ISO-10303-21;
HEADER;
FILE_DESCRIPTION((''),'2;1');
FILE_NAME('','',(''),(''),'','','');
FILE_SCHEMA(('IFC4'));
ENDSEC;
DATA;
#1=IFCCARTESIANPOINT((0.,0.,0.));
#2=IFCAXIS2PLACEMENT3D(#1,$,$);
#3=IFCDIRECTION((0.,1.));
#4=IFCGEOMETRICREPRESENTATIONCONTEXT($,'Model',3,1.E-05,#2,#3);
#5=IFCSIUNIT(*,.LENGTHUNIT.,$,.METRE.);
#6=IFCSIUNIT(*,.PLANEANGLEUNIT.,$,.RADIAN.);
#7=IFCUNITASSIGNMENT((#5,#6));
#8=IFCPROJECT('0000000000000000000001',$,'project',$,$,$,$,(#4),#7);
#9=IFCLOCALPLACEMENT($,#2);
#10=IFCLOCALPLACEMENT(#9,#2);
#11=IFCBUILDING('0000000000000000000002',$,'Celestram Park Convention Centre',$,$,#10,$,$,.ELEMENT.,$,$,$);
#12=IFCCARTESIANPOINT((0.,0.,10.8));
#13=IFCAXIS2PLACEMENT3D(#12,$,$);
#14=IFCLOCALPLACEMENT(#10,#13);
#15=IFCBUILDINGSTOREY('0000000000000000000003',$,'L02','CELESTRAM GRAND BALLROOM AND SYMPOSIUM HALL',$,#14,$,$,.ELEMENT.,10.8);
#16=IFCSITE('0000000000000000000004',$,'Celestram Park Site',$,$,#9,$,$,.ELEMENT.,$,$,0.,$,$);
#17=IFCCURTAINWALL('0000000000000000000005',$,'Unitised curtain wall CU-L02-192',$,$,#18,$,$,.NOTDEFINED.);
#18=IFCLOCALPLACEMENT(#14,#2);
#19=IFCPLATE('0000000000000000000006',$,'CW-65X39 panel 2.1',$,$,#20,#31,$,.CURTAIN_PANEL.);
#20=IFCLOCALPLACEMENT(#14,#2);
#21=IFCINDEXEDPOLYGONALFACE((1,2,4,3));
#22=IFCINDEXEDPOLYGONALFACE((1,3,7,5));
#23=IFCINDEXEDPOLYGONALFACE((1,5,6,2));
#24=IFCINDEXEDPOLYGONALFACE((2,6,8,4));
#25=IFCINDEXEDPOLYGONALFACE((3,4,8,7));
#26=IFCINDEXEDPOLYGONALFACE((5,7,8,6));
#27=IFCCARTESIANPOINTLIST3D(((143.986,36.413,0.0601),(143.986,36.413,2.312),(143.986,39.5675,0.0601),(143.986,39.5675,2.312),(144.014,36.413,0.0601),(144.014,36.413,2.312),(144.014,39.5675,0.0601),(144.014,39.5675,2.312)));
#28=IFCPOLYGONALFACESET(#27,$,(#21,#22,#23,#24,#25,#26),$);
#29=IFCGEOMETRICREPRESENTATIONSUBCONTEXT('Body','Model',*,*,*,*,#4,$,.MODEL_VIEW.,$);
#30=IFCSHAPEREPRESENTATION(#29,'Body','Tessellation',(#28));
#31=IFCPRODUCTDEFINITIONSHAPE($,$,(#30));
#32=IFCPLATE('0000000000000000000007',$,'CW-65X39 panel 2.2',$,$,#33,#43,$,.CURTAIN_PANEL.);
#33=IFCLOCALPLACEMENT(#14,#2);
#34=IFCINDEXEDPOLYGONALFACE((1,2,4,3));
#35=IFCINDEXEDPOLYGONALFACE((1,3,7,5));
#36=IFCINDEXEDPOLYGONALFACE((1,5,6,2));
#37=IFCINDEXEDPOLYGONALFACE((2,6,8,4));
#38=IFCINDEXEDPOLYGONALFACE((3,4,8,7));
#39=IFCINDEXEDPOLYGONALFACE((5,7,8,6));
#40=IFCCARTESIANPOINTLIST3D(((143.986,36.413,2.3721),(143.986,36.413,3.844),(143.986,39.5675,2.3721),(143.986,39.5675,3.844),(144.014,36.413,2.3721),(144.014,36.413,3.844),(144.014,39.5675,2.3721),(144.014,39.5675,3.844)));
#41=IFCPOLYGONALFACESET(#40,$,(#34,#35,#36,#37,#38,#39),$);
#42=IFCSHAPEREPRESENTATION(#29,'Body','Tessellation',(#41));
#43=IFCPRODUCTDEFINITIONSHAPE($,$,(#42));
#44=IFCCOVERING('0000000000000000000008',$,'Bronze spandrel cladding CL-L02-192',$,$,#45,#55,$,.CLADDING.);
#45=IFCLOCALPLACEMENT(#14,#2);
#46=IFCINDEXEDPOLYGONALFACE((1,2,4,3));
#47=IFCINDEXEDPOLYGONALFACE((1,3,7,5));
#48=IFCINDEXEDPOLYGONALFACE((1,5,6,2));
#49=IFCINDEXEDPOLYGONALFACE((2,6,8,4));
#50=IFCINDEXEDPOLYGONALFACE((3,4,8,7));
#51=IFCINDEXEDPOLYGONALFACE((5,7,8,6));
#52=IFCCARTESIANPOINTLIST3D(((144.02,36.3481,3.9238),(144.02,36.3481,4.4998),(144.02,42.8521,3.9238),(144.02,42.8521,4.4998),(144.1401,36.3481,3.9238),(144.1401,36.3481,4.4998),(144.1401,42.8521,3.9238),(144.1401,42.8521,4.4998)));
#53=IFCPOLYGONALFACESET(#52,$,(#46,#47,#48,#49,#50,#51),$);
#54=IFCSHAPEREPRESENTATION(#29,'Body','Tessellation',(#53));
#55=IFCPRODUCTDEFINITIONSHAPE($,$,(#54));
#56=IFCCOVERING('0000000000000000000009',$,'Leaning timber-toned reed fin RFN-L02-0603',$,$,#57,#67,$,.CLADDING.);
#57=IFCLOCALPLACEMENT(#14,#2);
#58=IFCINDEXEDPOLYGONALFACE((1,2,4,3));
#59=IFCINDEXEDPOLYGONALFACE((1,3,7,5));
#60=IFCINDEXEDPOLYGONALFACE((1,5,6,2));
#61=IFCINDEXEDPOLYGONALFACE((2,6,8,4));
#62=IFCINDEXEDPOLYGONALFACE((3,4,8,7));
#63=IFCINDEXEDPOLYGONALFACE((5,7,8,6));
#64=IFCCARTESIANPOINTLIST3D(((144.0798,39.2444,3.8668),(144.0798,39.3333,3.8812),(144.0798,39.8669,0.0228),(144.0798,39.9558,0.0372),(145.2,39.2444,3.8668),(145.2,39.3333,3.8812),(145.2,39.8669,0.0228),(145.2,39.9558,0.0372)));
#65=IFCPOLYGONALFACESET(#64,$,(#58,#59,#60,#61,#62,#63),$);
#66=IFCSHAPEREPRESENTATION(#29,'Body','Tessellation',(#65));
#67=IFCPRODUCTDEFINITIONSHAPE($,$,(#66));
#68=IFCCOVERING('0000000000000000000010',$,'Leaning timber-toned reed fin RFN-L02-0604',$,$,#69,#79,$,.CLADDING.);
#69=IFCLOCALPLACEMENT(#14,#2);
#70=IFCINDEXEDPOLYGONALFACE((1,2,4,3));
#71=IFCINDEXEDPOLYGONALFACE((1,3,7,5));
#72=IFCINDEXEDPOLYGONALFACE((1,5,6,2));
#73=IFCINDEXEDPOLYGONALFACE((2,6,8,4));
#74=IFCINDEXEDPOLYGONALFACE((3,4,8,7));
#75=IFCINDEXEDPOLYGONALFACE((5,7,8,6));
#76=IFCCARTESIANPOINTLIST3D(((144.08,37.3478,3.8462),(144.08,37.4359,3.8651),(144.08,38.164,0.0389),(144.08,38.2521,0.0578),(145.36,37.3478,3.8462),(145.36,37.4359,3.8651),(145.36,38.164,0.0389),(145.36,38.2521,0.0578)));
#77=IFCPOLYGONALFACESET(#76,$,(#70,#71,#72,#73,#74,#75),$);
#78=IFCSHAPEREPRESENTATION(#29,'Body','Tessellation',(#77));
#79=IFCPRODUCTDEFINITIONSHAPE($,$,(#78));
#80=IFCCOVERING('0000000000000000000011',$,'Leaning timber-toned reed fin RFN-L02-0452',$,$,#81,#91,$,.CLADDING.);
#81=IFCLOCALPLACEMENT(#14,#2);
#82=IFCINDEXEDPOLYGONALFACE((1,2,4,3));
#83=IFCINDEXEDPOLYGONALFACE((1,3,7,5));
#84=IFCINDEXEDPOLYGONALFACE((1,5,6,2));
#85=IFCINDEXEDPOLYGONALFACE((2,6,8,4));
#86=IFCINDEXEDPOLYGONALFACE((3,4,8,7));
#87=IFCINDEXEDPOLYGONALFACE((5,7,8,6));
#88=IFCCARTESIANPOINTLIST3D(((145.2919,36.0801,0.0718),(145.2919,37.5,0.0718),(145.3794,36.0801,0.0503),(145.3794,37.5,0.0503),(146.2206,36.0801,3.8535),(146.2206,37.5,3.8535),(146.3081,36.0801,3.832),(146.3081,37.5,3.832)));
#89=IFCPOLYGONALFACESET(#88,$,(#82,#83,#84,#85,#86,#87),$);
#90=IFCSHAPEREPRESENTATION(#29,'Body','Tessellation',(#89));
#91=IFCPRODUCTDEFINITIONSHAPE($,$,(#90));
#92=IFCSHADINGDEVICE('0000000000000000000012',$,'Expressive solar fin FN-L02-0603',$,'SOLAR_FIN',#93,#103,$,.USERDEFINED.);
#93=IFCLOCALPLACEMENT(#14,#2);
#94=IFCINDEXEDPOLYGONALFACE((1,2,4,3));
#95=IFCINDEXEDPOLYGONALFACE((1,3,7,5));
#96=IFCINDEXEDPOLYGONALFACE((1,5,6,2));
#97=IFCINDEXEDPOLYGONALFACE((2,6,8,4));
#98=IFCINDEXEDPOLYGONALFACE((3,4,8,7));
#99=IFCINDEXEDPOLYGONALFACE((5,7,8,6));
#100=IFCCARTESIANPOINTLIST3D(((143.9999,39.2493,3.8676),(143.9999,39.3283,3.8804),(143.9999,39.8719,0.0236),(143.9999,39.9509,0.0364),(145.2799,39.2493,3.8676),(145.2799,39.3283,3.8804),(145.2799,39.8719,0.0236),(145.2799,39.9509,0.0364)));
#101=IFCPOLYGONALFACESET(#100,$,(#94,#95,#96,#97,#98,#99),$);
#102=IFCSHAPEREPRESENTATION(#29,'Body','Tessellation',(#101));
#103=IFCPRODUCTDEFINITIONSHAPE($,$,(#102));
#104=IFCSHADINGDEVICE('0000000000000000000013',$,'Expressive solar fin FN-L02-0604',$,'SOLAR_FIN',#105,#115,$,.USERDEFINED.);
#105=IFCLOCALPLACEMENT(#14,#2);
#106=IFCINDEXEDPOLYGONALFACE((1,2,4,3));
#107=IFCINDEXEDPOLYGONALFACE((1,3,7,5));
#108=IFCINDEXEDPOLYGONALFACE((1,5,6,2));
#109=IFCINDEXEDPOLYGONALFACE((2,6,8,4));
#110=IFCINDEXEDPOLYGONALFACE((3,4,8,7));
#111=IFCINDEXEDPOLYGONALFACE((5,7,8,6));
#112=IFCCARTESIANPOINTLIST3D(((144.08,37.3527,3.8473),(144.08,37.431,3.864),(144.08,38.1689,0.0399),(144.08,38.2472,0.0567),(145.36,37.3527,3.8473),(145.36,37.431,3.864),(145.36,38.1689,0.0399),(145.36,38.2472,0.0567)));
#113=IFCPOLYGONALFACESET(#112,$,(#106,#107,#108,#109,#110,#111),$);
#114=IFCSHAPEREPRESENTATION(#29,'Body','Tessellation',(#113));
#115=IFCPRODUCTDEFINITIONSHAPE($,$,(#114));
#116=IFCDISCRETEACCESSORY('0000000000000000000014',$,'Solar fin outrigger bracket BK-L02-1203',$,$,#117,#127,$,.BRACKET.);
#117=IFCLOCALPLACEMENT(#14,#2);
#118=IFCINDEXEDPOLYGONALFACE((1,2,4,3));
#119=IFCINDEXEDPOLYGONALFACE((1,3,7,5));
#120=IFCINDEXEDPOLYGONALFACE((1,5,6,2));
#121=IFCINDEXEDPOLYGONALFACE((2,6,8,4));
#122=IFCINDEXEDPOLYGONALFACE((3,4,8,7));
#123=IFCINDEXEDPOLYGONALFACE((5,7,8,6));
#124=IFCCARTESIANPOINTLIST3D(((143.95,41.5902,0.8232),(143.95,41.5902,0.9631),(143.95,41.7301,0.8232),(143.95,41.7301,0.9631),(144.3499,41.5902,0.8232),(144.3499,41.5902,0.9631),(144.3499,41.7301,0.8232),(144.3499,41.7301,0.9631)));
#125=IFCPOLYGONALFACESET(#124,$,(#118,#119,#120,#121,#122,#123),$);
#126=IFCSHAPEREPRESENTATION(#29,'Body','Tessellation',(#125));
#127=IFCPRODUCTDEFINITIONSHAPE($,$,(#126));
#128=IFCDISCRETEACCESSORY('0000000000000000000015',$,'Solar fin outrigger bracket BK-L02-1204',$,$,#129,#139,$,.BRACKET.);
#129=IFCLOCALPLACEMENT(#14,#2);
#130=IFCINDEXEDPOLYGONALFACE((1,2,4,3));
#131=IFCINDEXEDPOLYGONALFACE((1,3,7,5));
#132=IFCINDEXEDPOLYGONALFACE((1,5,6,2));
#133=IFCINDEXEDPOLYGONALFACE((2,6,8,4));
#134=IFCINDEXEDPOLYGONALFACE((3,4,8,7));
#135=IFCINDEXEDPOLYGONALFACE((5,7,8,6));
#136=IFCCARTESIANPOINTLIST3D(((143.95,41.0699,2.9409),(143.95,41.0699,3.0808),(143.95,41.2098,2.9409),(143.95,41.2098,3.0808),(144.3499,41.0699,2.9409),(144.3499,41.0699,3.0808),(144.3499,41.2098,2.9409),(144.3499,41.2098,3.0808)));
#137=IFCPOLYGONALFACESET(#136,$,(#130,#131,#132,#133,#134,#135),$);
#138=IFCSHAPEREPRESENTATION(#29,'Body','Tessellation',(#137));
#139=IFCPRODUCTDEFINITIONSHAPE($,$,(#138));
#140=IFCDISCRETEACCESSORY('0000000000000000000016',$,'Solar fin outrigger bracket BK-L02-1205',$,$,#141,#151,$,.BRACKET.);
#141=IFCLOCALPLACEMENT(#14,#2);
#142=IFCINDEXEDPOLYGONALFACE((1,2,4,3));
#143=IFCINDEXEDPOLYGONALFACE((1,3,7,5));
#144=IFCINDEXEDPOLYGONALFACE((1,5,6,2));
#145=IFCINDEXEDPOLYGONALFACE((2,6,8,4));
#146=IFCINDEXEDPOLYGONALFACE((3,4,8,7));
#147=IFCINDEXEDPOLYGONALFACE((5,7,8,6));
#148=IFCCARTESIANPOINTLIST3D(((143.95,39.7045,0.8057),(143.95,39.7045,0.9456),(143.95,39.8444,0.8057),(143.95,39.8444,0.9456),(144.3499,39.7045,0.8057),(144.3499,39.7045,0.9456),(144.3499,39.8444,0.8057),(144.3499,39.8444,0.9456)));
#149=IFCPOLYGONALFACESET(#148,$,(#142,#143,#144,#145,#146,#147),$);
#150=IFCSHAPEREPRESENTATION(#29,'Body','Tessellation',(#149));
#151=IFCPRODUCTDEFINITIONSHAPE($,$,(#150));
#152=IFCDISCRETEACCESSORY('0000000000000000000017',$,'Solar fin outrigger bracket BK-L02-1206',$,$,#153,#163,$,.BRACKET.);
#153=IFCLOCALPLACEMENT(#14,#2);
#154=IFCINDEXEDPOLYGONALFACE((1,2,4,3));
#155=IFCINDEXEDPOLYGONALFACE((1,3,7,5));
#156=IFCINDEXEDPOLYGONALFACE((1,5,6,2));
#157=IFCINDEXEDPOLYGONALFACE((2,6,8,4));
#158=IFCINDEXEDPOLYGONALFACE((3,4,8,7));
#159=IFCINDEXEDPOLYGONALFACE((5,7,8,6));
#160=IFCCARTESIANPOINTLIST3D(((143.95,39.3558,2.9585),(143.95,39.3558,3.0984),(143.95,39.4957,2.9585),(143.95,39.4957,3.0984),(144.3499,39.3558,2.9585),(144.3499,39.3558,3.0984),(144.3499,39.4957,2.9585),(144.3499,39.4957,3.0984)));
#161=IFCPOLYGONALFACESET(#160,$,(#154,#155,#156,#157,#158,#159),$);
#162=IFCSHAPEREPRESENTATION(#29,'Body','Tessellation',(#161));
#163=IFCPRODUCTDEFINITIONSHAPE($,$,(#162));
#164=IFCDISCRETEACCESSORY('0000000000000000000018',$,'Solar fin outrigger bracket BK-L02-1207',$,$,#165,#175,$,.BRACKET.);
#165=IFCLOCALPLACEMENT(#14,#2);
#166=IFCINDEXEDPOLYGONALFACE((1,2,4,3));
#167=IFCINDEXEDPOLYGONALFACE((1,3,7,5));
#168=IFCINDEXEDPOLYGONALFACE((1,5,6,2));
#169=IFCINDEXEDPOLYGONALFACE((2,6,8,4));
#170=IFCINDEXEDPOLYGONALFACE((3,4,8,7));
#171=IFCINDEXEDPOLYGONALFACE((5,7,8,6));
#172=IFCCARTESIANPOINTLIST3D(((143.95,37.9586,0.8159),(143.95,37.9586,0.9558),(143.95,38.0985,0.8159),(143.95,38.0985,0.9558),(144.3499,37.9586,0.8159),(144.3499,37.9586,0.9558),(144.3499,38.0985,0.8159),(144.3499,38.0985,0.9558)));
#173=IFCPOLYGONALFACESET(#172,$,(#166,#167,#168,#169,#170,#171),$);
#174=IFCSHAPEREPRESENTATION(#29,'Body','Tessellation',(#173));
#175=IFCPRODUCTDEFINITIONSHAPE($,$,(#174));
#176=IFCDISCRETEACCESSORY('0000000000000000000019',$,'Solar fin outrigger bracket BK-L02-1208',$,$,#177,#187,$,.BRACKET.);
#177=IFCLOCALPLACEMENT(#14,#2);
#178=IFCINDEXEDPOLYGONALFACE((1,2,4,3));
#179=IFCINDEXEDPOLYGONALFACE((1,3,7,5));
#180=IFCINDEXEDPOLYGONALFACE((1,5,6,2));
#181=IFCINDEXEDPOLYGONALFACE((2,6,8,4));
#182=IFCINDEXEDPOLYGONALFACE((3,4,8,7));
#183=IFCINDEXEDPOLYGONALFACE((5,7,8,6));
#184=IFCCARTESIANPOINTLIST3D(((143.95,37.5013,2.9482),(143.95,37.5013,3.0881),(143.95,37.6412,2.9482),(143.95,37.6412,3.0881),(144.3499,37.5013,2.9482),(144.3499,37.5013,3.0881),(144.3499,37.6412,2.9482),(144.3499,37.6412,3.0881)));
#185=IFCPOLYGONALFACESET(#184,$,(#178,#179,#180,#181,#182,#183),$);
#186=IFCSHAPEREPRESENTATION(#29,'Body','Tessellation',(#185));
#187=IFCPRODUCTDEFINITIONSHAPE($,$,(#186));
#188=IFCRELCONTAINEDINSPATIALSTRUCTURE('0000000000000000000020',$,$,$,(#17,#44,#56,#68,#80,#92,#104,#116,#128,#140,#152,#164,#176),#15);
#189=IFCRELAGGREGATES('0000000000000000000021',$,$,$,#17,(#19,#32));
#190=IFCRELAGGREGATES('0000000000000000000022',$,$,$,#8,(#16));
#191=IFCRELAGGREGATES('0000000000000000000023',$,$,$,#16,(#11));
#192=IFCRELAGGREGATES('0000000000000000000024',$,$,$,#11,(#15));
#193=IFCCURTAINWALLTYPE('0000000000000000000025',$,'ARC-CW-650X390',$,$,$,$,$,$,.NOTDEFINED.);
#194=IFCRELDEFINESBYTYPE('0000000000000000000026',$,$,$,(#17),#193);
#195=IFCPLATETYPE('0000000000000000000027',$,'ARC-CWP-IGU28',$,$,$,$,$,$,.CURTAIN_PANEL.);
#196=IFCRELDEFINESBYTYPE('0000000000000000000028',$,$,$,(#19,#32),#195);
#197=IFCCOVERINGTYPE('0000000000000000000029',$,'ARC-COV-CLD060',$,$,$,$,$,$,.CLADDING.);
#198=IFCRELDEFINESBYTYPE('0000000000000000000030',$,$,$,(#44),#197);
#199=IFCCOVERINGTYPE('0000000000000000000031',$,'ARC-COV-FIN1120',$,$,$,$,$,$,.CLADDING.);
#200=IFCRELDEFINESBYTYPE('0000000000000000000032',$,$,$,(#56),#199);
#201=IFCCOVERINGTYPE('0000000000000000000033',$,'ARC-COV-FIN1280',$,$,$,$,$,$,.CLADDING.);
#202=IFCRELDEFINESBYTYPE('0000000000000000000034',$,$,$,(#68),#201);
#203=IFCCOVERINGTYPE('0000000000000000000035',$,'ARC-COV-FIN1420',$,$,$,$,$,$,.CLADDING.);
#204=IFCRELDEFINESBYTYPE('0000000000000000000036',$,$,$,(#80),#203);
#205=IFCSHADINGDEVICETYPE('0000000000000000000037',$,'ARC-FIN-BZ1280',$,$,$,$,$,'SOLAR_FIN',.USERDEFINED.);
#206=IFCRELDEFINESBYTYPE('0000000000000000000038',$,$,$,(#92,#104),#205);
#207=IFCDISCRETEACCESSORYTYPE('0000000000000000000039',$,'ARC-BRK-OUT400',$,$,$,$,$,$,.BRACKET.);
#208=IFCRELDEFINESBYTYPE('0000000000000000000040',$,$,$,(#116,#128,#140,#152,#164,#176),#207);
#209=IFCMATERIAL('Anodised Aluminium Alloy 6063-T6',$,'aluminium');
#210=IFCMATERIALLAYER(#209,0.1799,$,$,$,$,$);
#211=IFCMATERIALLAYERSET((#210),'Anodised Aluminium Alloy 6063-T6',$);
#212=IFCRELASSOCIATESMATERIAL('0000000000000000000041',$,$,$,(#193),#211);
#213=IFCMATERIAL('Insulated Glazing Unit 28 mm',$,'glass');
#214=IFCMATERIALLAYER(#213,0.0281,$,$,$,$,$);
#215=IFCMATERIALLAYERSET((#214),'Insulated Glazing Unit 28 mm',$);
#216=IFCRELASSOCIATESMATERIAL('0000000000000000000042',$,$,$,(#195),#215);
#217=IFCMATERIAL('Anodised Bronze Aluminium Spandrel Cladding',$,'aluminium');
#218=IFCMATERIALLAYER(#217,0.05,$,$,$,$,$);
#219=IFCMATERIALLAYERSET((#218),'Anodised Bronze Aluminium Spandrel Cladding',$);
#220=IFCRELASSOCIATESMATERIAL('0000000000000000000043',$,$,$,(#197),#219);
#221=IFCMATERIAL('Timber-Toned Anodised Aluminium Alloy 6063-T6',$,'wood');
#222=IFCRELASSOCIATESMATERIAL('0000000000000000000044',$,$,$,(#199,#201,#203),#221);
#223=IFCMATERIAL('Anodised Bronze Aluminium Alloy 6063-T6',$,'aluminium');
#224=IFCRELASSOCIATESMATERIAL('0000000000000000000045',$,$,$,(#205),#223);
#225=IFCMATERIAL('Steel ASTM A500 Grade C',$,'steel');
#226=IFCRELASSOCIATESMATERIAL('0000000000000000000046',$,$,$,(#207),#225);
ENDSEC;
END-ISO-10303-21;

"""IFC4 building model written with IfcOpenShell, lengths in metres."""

from ifc_helpers import new_model, si_unit, direction, frame, origin, origin_2d, place, context, subcontext, project, spatial, rectangle, extrude, material, layer, layer_set, material_profile, profile_set, type_object, element, aggregate, save


model = new_model("IFC4")

# Units and contexts
model_context = context("Model", 3, precision=1e-05, world=origin(), true_north=direction((0.0, 1.0)))
body_context = subcontext(model_context, "Body", "Model", "MODEL_VIEW")
ifc_project = project(units=[si_unit("LENGTHUNIT", "METRE"), si_unit("PLANEANGLEUNIT", "RADIAN")], contexts=[model_context])

# Site, building, storey
site_placement = place(None, origin())
site = spatial("IfcSite", under=ifc_project, at=site_placement, Name="Celestram Park Site", CompositionType="ELEMENT", RefElevation=0.0)
building_placement = place(site_placement, origin())
building = spatial("IfcBuilding", under=site, at=building_placement, Name="Celestram Park Convention Centre", CompositionType="ELEMENT")
storey_placement = place(building_placement, frame((0.0, 0.0, 10.8)))
storey = spatial("IfcBuildingStorey", under=building, at=storey_placement, Name="L02", Description="CELESTRAM GRAND BALLROOM AND SYMPOSIUM HALL", CompositionType="ELEMENT", Elevation=10.8)

# Curtain wall
ifc_material_1 = material(Name="Anodised Aluminium Alloy 6063-T6", Category="aluminium")
ifc_layer_1 = layer(ifc_material_1, 0.1799)
ifc_layer_set_1 = layer_set([ifc_layer_1], Name="Anodised Aluminium Alloy 6063-T6")
curtain_wall_type_1 = type_object("IfcCurtainWallType", Name="ARC-CW-650X390", PredefinedType="NOTDEFINED", material=ifc_layer_set_1)
curtain_wall_1_placement = place(storey_placement, origin())
curtain_wall_1 = element("IfcCurtainWall", 1, at=curtain_wall_1_placement, inside=storey, type_object=curtain_wall_type_1, Name="Unitised curtain wall CU-L02-192", PredefinedType="NOTDEFINED")

# Shared definitions
ifc_material_2 = material(Name="Steel ASTM A500 Grade C", Category="steel")

# Plates
ifc_material_3 = material(Name="Insulated Glazing Unit 28 mm", Category="glass")
ifc_layer_2 = layer(ifc_material_3, 0.0281)
ifc_layer_set_2 = layer_set([ifc_layer_2], Name="Insulated Glazing Unit 28 mm")
plate_type = type_object("IfcPlateType", Name="ARC-CWP-IGU28", PredefinedType="CURTAIN_PANEL", material=ifc_layer_set_2)
plate_1_placement = place(storey_placement, frame((144.0, 37.9902, 0.0601), z_axis=(0.0, 0.0, 1.0), x_axis=(0.0, -1.0, 0.0)))
plate_1 = element("IfcPlate", 2, at=plate_1_placement, type_object=plate_type, Name="CW-65X39 panel 2.1", PredefinedType="CURTAIN_PANEL", context=body_context, shape_type="SweptSolid", body=[
    extrude(rectangle(XDim=3.1545, YDim=0.0281, at=origin_2d()), origin(), (0.0, 0.0, 1.0), 2.252),
])
plate_2_placement = place(storey_placement, frame((144.0, 37.9902, 2.3721), z_axis=(0.0, 0.0, 1.0), x_axis=(0.0, -1.0, 0.0)))
plate_2 = element("IfcPlate", 3, at=plate_2_placement, type_object=plate_type, Name="CW-65X39 panel 2.2", PredefinedType="CURTAIN_PANEL", context=body_context, shape_type="SweptSolid", body=[
    extrude(rectangle(XDim=3.1545, YDim=0.0281, at=origin_2d()), origin(), (0.0, 0.0, 1.0), 1.4719),
])
aggregate(curtain_wall_1, [plate_1, plate_2])

# Coverings
ifc_material_4 = material(Name="Anodised Bronze Aluminium Spandrel Cladding", Category="aluminium")
ifc_layer_3 = layer(ifc_material_4, 0.05)
ifc_layer_set_3 = layer_set([ifc_layer_3], Name="Anodised Bronze Aluminium Spandrel Cladding")
covering_type_1 = type_object("IfcCoveringType", Name="ARC-COV-CLD060", PredefinedType="CLADDING", material=ifc_layer_set_3)
covering_1_placement = place(storey_placement, frame((144.0801, 39.6001, 3.9238), z_axis=(0.0, 0.0, 1.0), x_axis=(0.0, -1.0, 0.0)))
element("IfcCovering", 4, at=covering_1_placement, inside=storey, type_object=covering_type_1, Name="Bronze spandrel cladding CL-L02-192", PredefinedType="CLADDING", context=body_context, shape_type="SweptSolid", body=[
    extrude(rectangle(XDim=6.5039, YDim=0.1201, at=origin_2d()), origin(), (0.0, 0.0, 1.0), 0.5759),
])
ifc_material_5 = material(Name="Timber-Toned Anodised Aluminium Alloy 6063-T6", Category="wood")
ifc_material_profile_1 = material_profile(ifc_material_5, rectangle(XDim=1.1201, YDim=0.0901, at=origin_2d()), Name="REED1120X90")
ifc_profile_set_1 = profile_set([ifc_material_profile_1], Name="Timber-Toned Anodised Aluminium Alloy 6063-T6")
covering_type_2 = type_object("IfcCoveringType", Name="ARC-COV-FIN1120", PredefinedType="CLADDING", material=ifc_profile_set_1)
covering_2_placement = place(storey_placement, frame((144.6399, 39.9114, 0.03), z_axis=(0.0, -0.159873, 0.987138), x_axis=(1.0, 0.0, 0.0)))
element("IfcCovering", 5, at=covering_2_placement, inside=storey, type_object=covering_type_2, Name="Leaning timber-toned reed fin RFN-L02-0603", PredefinedType="CLADDING", context=body_context, shape_type="SweptSolid", body=[
    extrude(rectangle(XDim=1.1201, YDim=0.0901, at=origin_2d()), origin(), (0.0, 0.0, 1.0), 3.894),
])
ifc_material_profile_2 = material_profile(ifc_material_5, rectangle(XDim=1.28, YDim=0.0901, at=origin_2d()), Name="REED1280X90")
ifc_profile_set_2 = profile_set([ifc_material_profile_2], Name="Timber-Toned Anodised Aluminium Alloy 6063-T6")
covering_type_3 = type_object("IfcCoveringType", Name="ARC-COV-FIN1280", PredefinedType="CLADDING", material=ifc_profile_set_2)
covering_3_placement = place(storey_placement, frame((144.72, 38.208, 0.0483), z_axis=(0.0, -0.209602, 0.977787), x_axis=(1.0, 0.0, 0.0)))
element("IfcCovering", 6, at=covering_3_placement, inside=storey, type_object=covering_type_3, Name="Leaning timber-toned reed fin RFN-L02-0604", PredefinedType="CLADDING", context=body_context, shape_type="SweptSolid", body=[
    extrude(rectangle(XDim=1.28, YDim=0.0901, at=origin_2d()), origin(), (0.0, 0.0, 1.0), 3.8938),
])
ifc_material_profile_3 = material_profile(ifc_material_5, rectangle(XDim=1.4199, YDim=0.0901, at=origin_2d()), Name="REED1420X90")
ifc_profile_set_3 = profile_set([ifc_material_profile_3], Name="Timber-Toned Anodised Aluminium Alloy 6063-T6")
covering_type_4 = type_object("IfcCoveringType", Name="ARC-COV-FIN1420", PredefinedType="CLADDING", material=ifc_profile_set_3)
covering_4_placement = place(storey_placement, frame((145.3357, 36.79, 0.061), z_axis=(0.238492, 0.0, 0.971145), x_axis=(0.0, 1.0, 0.0)))
element("IfcCovering", 7, at=covering_4_placement, inside=storey, type_object=covering_type_4, Name="Leaning timber-toned reed fin RFN-L02-0452", PredefinedType="CLADDING", context=body_context, shape_type="SweptSolid", body=[
    extrude(rectangle(XDim=1.4199, YDim=0.0901, at=origin_2d()), origin(), (0.0, 0.0, 1.0), 3.894),
])

# Shading devices
ifc_material_6 = material(Name="Anodised Bronze Aluminium Alloy 6063-T6", Category="aluminium")
ifc_material_profile_4 = material_profile(ifc_material_6, rectangle(XDim=1.28, YDim=0.0801, at=origin_2d()), Name="FIN1280X80")
ifc_profile_set_4 = profile_set([ifc_material_profile_4], Name="Anodised Bronze Aluminium Alloy 6063-T6")
shading_device_type = type_object("IfcShadingDeviceType", Name="ARC-FIN-BZ1280", ElementType="SOLAR_FIN", PredefinedType="USERDEFINED", material=ifc_profile_set_4)
shading_device_1_placement = place(storey_placement, frame((144.6399, 39.9114, 0.03), z_axis=(0.0, -0.159873, 0.987138), x_axis=(1.0, 0.0, 0.0)))
element("IfcShadingDevice", 8, at=shading_device_1_placement, inside=storey, type_object=shading_device_type, Name="Expressive solar fin FN-L02-0603", ObjectType="SOLAR_FIN", PredefinedType="USERDEFINED", context=body_context, shape_type="SweptSolid", body=[
    extrude(rectangle(XDim=1.28, YDim=0.0801, at=origin_2d()), origin(), (0.0, 0.0, 1.0), 3.894),
])
shading_device_2_placement = place(storey_placement, frame((144.72, 38.208, 0.0483), z_axis=(0.0, -0.209602, 0.977787), x_axis=(1.0, 0.0, 0.0)))
element("IfcShadingDevice", 9, at=shading_device_2_placement, inside=storey, type_object=shading_device_type, Name="Expressive solar fin FN-L02-0604", ObjectType="SOLAR_FIN", PredefinedType="USERDEFINED", context=body_context, shape_type="SweptSolid", body=[
    extrude(rectangle(XDim=1.28, YDim=0.0801, at=origin_2d()), origin(), (0.0, 0.0, 1.0), 3.8938),
])

# Discrete accessories
discrete_accessory_type = type_object("IfcDiscreteAccessoryType", Name="ARC-BRK-OUT400", PredefinedType="BRACKET", material=ifc_material_2)
for number, where, z_axis, x_axis, name in (
    (10, (144.1499, 41.6602, 0.8232), (0.0, 0.0, 1.0), (1.0, 0.0, 0.0), "Solar fin outrigger bracket BK-L02-1203"),
    (11, (144.1499, 41.1399, 2.9409), (0.0, 0.0, 1.0), (1.0, 0.0, 0.0), "Solar fin outrigger bracket BK-L02-1204"),
    (12, (144.1499, 39.7744, 0.8057), (0.0, 0.0, 1.0), (1.0, 0.0, 0.0), "Solar fin outrigger bracket BK-L02-1205"),
    (13, (144.1499, 39.4258, 2.9585), (0.0, 0.0, 1.0), (1.0, 0.0, 0.0), "Solar fin outrigger bracket BK-L02-1206"),
    (14, (144.1499, 38.0286, 0.8159), (0.0, 0.0, 1.0), (1.0, 0.0, 0.0), "Solar fin outrigger bracket BK-L02-1207"),
    (15, (144.1499, 37.5713, 2.9482), (0.0, 0.0, 1.0), (1.0, 0.0, 0.0), "Solar fin outrigger bracket BK-L02-1208"),
):
    element("IfcDiscreteAccessory", number, at=place(storey_placement, frame(where, z_axis=z_axis, x_axis=x_axis)), inside=storey, type_object=discrete_accessory_type, Name=name, PredefinedType="BRACKET", context=body_context, shape_type="SweptSolid", body=[
        extrude(rectangle(XDim=0.3999, YDim=0.1399, at=origin_2d()), origin(), (0.0, 0.0, 1.0), 0.1399),
    ])

save(model, "model.ifc")
